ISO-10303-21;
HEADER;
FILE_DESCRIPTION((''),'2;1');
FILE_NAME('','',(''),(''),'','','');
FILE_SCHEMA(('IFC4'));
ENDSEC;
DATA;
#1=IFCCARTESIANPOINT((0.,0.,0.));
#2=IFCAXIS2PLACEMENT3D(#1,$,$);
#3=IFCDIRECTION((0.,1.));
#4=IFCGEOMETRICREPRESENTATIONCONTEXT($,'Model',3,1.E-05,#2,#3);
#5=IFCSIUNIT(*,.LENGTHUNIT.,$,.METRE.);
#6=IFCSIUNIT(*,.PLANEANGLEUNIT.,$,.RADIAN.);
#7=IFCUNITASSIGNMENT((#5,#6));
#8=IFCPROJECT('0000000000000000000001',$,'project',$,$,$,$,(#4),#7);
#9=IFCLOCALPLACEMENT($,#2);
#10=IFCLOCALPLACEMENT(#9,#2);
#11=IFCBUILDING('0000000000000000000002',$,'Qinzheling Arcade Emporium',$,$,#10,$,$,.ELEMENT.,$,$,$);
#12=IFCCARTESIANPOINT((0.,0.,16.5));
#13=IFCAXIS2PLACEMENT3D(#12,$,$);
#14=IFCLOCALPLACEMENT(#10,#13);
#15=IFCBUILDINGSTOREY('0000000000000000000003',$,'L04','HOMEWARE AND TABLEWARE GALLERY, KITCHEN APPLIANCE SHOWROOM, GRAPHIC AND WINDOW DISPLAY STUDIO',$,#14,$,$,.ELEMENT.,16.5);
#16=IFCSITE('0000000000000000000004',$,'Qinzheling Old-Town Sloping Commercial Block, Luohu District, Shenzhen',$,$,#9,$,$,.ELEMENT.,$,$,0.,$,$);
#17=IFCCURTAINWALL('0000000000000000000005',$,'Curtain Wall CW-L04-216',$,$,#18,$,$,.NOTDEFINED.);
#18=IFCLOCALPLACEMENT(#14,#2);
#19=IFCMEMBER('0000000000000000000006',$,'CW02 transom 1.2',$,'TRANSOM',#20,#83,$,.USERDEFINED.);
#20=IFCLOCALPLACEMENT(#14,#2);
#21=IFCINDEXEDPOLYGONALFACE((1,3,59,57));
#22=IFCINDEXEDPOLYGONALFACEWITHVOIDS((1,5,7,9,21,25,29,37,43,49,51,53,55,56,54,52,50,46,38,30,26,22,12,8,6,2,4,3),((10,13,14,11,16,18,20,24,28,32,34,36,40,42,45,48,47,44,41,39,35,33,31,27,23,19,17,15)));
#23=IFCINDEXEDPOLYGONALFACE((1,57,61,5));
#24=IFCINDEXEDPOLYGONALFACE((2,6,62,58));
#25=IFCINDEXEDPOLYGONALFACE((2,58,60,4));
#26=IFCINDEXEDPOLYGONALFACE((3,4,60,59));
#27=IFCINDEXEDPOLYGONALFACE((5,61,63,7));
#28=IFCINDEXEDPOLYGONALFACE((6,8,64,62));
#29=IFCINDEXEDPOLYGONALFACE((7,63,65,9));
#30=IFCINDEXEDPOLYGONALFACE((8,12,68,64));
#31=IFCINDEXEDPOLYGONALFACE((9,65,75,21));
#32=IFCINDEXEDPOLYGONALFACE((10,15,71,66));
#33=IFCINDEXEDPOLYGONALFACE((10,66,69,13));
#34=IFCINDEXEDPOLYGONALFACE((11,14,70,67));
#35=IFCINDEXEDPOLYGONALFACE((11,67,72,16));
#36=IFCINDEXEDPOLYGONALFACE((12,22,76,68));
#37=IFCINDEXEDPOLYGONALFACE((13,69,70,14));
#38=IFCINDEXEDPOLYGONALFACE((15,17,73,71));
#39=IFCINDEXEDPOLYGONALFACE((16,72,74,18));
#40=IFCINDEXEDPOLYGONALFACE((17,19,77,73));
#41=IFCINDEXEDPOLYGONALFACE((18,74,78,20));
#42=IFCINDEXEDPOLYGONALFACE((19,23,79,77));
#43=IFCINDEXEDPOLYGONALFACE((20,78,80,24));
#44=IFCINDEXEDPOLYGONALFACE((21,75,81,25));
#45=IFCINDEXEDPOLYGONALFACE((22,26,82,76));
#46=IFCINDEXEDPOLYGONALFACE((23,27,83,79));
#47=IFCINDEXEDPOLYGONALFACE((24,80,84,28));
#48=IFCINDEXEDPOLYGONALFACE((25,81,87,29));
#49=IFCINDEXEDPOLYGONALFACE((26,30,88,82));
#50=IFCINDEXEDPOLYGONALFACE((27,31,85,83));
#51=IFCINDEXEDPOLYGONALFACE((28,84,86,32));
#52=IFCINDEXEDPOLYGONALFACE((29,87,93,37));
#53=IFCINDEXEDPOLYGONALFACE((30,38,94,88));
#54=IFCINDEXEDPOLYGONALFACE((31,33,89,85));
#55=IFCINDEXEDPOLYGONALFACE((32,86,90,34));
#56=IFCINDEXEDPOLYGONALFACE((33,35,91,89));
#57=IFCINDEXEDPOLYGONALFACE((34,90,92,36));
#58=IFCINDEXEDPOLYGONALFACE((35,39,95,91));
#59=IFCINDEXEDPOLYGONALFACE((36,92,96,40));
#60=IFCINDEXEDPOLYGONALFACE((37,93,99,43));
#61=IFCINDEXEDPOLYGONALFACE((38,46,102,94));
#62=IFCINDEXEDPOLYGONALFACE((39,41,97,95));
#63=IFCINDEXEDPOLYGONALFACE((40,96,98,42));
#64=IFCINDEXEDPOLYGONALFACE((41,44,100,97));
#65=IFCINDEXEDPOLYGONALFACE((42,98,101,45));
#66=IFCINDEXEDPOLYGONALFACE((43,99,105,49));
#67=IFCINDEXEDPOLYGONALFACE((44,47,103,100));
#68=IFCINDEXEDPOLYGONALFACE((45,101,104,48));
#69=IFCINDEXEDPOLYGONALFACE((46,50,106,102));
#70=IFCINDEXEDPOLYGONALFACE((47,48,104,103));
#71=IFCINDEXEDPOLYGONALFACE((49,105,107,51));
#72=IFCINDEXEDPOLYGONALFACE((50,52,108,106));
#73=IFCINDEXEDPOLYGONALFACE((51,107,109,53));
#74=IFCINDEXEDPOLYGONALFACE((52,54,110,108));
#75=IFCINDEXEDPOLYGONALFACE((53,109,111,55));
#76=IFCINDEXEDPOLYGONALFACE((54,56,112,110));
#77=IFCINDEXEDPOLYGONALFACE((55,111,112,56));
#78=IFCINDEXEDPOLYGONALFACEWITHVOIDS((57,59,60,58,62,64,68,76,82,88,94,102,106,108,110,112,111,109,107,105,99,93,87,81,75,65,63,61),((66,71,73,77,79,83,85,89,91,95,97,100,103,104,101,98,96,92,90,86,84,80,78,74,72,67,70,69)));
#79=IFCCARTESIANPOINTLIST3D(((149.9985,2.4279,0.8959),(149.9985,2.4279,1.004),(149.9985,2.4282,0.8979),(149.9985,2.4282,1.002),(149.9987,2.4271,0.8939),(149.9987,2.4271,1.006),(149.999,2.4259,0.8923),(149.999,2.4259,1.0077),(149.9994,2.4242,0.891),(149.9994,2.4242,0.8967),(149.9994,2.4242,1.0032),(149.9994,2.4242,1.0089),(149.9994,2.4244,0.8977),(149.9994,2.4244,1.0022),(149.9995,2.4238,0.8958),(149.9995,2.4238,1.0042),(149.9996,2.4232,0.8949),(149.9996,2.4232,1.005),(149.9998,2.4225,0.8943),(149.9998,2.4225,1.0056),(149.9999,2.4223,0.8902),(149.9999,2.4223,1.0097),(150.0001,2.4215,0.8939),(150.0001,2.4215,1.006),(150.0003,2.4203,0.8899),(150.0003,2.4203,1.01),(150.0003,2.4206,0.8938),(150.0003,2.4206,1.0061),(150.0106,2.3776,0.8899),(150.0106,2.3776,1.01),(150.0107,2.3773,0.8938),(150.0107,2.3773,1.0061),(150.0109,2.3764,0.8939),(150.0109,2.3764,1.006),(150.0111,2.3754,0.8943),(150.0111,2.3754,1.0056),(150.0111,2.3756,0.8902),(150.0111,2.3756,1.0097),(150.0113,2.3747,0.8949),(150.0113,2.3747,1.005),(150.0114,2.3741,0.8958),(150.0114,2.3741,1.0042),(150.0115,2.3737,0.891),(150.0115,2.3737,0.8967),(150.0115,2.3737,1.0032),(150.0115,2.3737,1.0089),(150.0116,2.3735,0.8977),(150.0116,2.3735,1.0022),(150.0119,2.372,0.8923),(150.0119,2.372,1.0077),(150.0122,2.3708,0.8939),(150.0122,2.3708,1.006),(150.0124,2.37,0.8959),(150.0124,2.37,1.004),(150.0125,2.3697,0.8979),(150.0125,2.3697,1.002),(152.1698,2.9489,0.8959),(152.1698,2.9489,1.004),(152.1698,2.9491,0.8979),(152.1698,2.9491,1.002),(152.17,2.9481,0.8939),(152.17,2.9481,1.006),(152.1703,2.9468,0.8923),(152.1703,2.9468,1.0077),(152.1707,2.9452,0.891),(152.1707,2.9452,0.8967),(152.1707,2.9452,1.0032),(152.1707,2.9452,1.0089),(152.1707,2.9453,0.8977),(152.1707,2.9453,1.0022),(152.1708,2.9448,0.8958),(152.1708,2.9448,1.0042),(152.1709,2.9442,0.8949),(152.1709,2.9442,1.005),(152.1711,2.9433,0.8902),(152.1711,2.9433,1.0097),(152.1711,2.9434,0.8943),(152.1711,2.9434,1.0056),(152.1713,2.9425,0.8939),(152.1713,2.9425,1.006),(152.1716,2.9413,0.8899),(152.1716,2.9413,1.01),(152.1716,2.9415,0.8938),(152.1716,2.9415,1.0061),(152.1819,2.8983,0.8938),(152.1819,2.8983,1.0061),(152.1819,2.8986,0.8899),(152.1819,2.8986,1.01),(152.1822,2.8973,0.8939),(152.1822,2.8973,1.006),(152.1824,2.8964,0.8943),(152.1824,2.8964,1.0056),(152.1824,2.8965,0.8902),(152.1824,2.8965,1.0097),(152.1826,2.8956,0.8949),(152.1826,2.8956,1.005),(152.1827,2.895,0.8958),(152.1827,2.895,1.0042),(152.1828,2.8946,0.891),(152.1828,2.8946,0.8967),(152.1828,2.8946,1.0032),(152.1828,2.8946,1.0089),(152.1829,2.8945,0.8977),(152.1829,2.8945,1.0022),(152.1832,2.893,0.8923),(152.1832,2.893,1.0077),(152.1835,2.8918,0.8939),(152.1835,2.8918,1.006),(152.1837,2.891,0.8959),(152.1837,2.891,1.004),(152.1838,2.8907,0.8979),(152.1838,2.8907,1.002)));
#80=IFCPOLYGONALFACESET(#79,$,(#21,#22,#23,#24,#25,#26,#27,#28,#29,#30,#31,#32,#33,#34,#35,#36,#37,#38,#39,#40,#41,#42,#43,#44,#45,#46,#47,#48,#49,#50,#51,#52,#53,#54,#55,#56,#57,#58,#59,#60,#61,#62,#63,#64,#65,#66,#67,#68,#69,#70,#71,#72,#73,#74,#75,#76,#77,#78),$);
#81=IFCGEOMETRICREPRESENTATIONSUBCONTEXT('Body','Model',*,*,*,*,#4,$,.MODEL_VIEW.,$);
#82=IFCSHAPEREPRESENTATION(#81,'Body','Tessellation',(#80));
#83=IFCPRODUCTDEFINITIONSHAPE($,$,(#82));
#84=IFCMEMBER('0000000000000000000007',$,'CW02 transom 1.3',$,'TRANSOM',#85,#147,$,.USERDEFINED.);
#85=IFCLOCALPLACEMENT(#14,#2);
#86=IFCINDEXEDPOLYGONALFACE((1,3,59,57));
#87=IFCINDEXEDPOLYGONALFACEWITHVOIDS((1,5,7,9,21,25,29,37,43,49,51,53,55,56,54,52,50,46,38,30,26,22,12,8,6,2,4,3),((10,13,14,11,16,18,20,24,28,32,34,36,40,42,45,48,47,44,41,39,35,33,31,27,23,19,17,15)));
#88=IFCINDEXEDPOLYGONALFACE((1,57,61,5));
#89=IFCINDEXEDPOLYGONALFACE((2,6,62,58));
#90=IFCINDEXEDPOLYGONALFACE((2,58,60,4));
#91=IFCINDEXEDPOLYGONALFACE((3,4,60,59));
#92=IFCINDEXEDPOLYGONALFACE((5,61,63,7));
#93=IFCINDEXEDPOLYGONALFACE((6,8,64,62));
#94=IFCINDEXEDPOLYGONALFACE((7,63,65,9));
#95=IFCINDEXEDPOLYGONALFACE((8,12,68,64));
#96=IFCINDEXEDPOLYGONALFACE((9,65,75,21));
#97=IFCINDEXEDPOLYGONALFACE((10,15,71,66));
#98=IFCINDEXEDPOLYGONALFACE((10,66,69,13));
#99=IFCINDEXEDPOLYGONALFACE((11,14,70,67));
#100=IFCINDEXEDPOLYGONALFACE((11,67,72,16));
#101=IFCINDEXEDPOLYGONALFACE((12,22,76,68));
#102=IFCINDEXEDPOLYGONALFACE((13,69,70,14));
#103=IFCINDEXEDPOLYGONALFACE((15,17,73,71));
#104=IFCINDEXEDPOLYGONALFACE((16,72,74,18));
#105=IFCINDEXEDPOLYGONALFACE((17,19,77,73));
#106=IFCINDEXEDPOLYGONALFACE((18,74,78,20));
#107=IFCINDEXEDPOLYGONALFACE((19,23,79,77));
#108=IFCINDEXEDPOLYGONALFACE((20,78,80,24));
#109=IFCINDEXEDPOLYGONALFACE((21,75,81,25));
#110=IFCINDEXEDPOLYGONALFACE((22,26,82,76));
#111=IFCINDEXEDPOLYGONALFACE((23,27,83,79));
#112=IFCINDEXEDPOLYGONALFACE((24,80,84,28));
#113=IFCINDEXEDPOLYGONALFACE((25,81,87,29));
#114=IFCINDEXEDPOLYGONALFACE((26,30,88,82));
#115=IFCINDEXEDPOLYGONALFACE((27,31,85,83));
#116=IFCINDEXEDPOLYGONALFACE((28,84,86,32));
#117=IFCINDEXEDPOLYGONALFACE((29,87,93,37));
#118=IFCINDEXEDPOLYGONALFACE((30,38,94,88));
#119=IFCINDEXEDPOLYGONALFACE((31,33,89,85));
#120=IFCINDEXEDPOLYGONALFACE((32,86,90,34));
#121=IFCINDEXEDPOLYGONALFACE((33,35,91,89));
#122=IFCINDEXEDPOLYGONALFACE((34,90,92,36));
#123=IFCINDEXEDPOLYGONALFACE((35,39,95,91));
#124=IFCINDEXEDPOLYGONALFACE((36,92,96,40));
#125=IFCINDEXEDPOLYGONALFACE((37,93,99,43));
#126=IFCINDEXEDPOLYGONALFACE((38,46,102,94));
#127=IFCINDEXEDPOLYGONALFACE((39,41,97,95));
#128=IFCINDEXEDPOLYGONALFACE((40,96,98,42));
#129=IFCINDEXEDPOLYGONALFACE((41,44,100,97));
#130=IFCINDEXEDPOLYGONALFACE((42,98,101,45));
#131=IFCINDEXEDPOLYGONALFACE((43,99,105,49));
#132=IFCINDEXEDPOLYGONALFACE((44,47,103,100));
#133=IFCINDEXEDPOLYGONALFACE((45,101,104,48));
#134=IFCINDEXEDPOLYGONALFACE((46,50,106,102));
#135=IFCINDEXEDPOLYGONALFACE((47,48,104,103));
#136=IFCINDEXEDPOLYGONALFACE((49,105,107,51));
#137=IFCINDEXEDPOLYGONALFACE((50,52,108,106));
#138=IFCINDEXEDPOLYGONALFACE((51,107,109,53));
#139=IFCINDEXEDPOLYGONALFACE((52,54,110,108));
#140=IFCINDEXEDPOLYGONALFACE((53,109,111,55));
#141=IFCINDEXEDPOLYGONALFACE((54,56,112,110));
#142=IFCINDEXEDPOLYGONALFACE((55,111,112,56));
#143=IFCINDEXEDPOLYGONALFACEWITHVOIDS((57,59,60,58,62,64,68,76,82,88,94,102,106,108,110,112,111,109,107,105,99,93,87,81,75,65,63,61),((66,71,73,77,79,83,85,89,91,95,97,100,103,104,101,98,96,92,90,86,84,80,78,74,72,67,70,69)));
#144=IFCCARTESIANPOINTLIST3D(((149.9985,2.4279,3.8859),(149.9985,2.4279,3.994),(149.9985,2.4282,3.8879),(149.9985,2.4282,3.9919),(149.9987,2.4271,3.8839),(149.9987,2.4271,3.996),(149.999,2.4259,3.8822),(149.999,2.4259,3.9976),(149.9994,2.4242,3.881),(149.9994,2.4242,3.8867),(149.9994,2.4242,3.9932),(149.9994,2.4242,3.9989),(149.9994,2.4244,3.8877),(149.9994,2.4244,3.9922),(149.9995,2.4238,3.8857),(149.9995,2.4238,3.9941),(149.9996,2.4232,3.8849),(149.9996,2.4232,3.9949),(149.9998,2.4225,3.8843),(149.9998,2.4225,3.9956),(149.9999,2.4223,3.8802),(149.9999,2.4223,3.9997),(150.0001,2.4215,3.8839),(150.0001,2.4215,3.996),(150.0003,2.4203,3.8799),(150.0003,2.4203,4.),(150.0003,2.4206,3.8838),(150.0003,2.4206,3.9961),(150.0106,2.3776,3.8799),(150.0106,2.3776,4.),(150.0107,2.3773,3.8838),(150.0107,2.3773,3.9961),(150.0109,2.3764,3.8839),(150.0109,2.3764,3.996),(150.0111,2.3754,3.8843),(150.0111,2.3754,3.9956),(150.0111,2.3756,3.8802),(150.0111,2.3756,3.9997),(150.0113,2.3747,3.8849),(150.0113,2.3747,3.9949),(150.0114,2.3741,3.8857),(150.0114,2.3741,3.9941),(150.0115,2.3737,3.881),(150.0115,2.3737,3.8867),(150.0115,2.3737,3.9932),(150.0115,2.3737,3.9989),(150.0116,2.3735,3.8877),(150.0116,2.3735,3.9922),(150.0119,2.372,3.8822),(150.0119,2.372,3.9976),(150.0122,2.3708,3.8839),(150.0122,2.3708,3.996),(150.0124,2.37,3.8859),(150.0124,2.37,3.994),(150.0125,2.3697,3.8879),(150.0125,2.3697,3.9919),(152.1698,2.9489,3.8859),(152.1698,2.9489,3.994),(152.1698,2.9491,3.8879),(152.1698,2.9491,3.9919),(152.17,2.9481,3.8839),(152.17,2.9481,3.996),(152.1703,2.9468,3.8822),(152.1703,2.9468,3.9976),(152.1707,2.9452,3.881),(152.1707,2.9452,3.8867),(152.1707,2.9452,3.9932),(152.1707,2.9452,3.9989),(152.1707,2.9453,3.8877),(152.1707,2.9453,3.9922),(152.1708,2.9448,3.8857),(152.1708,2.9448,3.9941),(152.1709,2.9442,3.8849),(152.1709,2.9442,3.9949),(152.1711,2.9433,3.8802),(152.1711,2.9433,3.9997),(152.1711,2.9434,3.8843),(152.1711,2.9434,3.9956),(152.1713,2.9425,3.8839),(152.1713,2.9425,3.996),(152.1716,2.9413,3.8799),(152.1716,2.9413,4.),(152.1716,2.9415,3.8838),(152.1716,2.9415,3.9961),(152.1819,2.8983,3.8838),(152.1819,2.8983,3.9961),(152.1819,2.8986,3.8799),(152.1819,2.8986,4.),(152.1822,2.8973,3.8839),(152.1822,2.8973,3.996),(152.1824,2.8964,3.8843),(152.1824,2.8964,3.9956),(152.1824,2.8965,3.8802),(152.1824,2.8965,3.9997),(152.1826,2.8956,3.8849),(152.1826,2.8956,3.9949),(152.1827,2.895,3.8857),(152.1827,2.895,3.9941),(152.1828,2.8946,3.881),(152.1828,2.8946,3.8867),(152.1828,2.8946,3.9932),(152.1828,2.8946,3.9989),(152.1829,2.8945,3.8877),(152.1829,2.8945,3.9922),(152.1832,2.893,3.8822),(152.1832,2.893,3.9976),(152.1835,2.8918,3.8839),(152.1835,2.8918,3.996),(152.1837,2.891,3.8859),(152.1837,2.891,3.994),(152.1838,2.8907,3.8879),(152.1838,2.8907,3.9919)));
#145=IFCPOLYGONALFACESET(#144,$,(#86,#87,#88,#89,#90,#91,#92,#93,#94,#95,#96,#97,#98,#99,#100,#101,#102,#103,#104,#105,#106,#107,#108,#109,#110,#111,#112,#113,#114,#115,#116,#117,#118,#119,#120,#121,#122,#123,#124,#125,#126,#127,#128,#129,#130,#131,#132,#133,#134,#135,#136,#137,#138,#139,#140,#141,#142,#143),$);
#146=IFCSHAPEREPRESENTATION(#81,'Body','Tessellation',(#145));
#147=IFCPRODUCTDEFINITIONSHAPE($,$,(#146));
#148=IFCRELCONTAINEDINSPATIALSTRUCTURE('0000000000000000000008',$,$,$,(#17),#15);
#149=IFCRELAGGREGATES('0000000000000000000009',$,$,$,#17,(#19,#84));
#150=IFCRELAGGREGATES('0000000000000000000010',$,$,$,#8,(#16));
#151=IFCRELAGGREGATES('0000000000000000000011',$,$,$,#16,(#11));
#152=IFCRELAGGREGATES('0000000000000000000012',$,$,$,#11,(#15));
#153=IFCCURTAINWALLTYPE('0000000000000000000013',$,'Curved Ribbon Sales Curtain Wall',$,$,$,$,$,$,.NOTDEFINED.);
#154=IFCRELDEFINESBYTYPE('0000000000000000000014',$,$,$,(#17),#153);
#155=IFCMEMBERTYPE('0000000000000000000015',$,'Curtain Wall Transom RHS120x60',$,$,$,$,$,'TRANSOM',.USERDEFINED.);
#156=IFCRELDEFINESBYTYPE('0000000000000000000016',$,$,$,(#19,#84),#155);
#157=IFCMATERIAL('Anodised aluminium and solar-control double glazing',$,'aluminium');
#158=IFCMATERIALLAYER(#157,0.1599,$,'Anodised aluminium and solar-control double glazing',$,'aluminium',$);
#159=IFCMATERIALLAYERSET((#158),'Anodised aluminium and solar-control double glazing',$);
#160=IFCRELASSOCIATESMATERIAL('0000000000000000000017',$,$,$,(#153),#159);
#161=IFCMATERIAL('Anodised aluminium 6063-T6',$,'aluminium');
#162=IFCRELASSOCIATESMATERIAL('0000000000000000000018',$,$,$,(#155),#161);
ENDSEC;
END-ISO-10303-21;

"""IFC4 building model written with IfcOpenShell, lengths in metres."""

from ifc_helpers import new_model, si_unit, direction, frame, origin, origin_2d, place, context, subcontext, project, spatial, hollow_rectangle, extrude, material, layer, layer_set, material_profile, profile_set, type_object, element, aggregate, save


model = new_model("IFC4")

# Units and contexts
model_context = context("Model", 3, precision=1e-05, world=origin(), true_north=direction((0.0, 1.0)))
body_context = subcontext(model_context, "Body", "Model", "MODEL_VIEW")
ifc_project = project(units=[si_unit("LENGTHUNIT", "METRE"), si_unit("PLANEANGLEUNIT", "RADIAN")], contexts=[model_context])

# Site, building, storey
site_placement = place(None, origin())
site = spatial("IfcSite", under=ifc_project, at=site_placement, Name="Qinzheling Old-Town Sloping Commercial Block, Luohu District, Shenzhen", CompositionType="ELEMENT", RefElevation=0.0)
building_placement = place(site_placement, origin())
building = spatial("IfcBuilding", under=site, at=building_placement, Name="Qinzheling Arcade Emporium", CompositionType="ELEMENT")
storey_placement = place(building_placement, frame((0.0, 0.0, 16.5)))
storey = spatial("IfcBuildingStorey", under=building, at=storey_placement, Name="L04", Description="HOMEWARE AND TABLEWARE GALLERY, KITCHEN APPLIANCE SHOWROOM, GRAPHIC AND WINDOW DISPLAY STUDIO", CompositionType="ELEMENT", Elevation=16.5)

# Shared definitions
ifc_material_1 = material(Name="Anodised aluminium and solar-control double glazing", Category="aluminium")
ifc_layer_1 = layer(ifc_material_1, 0.1599, Name="Anodised aluminium and solar-control double glazing", Category="aluminium")
ifc_layer_set_1 = layer_set([ifc_layer_1], Name="Anodised aluminium and solar-control double glazing")
curtain_wall_type = type_object("IfcCurtainWallType", Name="Curved Ribbon Sales Curtain Wall", PredefinedType="NOTDEFINED", material=ifc_layer_set_1)
ifc_material_2 = material(Name="Anodised aluminium 6063-T6", Category="aluminium")

# Curtain wall, members
curtain_wall_1_placement = place(storey_placement, origin())
curtain_wall_1 = element("IfcCurtainWall", 1, at=curtain_wall_1_placement, inside=storey, type_object=curtain_wall_type, Name="Curtain Wall CW-L04-216", PredefinedType="NOTDEFINED")
ifc_material_profile_1 = material_profile(ifc_material_2, hollow_rectangle(XDim=0.0601, YDim=0.1201, WallThickness=0.0039, InnerFilletRadius=0.0039, OuterFilletRadius=0.0081, at=origin_2d()), Name="RHS 120x60x4", Category="aluminium")
ifc_profile_set_1 = profile_set([ifc_material_profile_1], Name="Anodised aluminium 6063-T6")
member_type_1 = type_object("IfcMemberType", Name="Curtain Wall Transom RHS120x60", ElementType="TRANSOM", PredefinedType="USERDEFINED", material=ifc_profile_set_1)
member_1_placement = place(storey_placement, frame((152.1768, 2.9199, 0.95), z_axis=(-0.972401, -0.233315, 0.0), x_axis=(0.233315, -0.972401, 0.0)))
member_1 = element("IfcMember", 2, at=member_1_placement, type_object=member_type_1, Name="CW02 transom 1.2", ObjectType="TRANSOM", PredefinedType="USERDEFINED", context=body_context, shape_type="SweptSolid", body=[
    extrude(hollow_rectangle(XDim=0.0601, YDim=0.1201, WallThickness=0.0039, InnerFilletRadius=0.0039, OuterFilletRadius=0.0081, at=origin_2d()), origin(), (0.0, 0.0, 1.0), 2.2329),
])
member_2_placement = place(storey_placement, frame((152.1768, 2.9199, 3.9399), z_axis=(-0.972401, -0.233315, 0.0), x_axis=(0.233315, -0.972401, 0.0)))
member_2 = element("IfcMember", 3, at=member_2_placement, type_object=member_type_1, Name="CW02 transom 1.3", ObjectType="TRANSOM", PredefinedType="USERDEFINED", context=body_context, shape_type="SweptSolid", body=[
    extrude(hollow_rectangle(XDim=0.0601, YDim=0.1201, WallThickness=0.0039, InnerFilletRadius=0.0039, OuterFilletRadius=0.0081, at=origin_2d()), origin(), (0.0, 0.0, 1.0), 2.2329),
])
aggregate(curtain_wall_1, [member_1, member_2])

save(model, "model.ifc")
